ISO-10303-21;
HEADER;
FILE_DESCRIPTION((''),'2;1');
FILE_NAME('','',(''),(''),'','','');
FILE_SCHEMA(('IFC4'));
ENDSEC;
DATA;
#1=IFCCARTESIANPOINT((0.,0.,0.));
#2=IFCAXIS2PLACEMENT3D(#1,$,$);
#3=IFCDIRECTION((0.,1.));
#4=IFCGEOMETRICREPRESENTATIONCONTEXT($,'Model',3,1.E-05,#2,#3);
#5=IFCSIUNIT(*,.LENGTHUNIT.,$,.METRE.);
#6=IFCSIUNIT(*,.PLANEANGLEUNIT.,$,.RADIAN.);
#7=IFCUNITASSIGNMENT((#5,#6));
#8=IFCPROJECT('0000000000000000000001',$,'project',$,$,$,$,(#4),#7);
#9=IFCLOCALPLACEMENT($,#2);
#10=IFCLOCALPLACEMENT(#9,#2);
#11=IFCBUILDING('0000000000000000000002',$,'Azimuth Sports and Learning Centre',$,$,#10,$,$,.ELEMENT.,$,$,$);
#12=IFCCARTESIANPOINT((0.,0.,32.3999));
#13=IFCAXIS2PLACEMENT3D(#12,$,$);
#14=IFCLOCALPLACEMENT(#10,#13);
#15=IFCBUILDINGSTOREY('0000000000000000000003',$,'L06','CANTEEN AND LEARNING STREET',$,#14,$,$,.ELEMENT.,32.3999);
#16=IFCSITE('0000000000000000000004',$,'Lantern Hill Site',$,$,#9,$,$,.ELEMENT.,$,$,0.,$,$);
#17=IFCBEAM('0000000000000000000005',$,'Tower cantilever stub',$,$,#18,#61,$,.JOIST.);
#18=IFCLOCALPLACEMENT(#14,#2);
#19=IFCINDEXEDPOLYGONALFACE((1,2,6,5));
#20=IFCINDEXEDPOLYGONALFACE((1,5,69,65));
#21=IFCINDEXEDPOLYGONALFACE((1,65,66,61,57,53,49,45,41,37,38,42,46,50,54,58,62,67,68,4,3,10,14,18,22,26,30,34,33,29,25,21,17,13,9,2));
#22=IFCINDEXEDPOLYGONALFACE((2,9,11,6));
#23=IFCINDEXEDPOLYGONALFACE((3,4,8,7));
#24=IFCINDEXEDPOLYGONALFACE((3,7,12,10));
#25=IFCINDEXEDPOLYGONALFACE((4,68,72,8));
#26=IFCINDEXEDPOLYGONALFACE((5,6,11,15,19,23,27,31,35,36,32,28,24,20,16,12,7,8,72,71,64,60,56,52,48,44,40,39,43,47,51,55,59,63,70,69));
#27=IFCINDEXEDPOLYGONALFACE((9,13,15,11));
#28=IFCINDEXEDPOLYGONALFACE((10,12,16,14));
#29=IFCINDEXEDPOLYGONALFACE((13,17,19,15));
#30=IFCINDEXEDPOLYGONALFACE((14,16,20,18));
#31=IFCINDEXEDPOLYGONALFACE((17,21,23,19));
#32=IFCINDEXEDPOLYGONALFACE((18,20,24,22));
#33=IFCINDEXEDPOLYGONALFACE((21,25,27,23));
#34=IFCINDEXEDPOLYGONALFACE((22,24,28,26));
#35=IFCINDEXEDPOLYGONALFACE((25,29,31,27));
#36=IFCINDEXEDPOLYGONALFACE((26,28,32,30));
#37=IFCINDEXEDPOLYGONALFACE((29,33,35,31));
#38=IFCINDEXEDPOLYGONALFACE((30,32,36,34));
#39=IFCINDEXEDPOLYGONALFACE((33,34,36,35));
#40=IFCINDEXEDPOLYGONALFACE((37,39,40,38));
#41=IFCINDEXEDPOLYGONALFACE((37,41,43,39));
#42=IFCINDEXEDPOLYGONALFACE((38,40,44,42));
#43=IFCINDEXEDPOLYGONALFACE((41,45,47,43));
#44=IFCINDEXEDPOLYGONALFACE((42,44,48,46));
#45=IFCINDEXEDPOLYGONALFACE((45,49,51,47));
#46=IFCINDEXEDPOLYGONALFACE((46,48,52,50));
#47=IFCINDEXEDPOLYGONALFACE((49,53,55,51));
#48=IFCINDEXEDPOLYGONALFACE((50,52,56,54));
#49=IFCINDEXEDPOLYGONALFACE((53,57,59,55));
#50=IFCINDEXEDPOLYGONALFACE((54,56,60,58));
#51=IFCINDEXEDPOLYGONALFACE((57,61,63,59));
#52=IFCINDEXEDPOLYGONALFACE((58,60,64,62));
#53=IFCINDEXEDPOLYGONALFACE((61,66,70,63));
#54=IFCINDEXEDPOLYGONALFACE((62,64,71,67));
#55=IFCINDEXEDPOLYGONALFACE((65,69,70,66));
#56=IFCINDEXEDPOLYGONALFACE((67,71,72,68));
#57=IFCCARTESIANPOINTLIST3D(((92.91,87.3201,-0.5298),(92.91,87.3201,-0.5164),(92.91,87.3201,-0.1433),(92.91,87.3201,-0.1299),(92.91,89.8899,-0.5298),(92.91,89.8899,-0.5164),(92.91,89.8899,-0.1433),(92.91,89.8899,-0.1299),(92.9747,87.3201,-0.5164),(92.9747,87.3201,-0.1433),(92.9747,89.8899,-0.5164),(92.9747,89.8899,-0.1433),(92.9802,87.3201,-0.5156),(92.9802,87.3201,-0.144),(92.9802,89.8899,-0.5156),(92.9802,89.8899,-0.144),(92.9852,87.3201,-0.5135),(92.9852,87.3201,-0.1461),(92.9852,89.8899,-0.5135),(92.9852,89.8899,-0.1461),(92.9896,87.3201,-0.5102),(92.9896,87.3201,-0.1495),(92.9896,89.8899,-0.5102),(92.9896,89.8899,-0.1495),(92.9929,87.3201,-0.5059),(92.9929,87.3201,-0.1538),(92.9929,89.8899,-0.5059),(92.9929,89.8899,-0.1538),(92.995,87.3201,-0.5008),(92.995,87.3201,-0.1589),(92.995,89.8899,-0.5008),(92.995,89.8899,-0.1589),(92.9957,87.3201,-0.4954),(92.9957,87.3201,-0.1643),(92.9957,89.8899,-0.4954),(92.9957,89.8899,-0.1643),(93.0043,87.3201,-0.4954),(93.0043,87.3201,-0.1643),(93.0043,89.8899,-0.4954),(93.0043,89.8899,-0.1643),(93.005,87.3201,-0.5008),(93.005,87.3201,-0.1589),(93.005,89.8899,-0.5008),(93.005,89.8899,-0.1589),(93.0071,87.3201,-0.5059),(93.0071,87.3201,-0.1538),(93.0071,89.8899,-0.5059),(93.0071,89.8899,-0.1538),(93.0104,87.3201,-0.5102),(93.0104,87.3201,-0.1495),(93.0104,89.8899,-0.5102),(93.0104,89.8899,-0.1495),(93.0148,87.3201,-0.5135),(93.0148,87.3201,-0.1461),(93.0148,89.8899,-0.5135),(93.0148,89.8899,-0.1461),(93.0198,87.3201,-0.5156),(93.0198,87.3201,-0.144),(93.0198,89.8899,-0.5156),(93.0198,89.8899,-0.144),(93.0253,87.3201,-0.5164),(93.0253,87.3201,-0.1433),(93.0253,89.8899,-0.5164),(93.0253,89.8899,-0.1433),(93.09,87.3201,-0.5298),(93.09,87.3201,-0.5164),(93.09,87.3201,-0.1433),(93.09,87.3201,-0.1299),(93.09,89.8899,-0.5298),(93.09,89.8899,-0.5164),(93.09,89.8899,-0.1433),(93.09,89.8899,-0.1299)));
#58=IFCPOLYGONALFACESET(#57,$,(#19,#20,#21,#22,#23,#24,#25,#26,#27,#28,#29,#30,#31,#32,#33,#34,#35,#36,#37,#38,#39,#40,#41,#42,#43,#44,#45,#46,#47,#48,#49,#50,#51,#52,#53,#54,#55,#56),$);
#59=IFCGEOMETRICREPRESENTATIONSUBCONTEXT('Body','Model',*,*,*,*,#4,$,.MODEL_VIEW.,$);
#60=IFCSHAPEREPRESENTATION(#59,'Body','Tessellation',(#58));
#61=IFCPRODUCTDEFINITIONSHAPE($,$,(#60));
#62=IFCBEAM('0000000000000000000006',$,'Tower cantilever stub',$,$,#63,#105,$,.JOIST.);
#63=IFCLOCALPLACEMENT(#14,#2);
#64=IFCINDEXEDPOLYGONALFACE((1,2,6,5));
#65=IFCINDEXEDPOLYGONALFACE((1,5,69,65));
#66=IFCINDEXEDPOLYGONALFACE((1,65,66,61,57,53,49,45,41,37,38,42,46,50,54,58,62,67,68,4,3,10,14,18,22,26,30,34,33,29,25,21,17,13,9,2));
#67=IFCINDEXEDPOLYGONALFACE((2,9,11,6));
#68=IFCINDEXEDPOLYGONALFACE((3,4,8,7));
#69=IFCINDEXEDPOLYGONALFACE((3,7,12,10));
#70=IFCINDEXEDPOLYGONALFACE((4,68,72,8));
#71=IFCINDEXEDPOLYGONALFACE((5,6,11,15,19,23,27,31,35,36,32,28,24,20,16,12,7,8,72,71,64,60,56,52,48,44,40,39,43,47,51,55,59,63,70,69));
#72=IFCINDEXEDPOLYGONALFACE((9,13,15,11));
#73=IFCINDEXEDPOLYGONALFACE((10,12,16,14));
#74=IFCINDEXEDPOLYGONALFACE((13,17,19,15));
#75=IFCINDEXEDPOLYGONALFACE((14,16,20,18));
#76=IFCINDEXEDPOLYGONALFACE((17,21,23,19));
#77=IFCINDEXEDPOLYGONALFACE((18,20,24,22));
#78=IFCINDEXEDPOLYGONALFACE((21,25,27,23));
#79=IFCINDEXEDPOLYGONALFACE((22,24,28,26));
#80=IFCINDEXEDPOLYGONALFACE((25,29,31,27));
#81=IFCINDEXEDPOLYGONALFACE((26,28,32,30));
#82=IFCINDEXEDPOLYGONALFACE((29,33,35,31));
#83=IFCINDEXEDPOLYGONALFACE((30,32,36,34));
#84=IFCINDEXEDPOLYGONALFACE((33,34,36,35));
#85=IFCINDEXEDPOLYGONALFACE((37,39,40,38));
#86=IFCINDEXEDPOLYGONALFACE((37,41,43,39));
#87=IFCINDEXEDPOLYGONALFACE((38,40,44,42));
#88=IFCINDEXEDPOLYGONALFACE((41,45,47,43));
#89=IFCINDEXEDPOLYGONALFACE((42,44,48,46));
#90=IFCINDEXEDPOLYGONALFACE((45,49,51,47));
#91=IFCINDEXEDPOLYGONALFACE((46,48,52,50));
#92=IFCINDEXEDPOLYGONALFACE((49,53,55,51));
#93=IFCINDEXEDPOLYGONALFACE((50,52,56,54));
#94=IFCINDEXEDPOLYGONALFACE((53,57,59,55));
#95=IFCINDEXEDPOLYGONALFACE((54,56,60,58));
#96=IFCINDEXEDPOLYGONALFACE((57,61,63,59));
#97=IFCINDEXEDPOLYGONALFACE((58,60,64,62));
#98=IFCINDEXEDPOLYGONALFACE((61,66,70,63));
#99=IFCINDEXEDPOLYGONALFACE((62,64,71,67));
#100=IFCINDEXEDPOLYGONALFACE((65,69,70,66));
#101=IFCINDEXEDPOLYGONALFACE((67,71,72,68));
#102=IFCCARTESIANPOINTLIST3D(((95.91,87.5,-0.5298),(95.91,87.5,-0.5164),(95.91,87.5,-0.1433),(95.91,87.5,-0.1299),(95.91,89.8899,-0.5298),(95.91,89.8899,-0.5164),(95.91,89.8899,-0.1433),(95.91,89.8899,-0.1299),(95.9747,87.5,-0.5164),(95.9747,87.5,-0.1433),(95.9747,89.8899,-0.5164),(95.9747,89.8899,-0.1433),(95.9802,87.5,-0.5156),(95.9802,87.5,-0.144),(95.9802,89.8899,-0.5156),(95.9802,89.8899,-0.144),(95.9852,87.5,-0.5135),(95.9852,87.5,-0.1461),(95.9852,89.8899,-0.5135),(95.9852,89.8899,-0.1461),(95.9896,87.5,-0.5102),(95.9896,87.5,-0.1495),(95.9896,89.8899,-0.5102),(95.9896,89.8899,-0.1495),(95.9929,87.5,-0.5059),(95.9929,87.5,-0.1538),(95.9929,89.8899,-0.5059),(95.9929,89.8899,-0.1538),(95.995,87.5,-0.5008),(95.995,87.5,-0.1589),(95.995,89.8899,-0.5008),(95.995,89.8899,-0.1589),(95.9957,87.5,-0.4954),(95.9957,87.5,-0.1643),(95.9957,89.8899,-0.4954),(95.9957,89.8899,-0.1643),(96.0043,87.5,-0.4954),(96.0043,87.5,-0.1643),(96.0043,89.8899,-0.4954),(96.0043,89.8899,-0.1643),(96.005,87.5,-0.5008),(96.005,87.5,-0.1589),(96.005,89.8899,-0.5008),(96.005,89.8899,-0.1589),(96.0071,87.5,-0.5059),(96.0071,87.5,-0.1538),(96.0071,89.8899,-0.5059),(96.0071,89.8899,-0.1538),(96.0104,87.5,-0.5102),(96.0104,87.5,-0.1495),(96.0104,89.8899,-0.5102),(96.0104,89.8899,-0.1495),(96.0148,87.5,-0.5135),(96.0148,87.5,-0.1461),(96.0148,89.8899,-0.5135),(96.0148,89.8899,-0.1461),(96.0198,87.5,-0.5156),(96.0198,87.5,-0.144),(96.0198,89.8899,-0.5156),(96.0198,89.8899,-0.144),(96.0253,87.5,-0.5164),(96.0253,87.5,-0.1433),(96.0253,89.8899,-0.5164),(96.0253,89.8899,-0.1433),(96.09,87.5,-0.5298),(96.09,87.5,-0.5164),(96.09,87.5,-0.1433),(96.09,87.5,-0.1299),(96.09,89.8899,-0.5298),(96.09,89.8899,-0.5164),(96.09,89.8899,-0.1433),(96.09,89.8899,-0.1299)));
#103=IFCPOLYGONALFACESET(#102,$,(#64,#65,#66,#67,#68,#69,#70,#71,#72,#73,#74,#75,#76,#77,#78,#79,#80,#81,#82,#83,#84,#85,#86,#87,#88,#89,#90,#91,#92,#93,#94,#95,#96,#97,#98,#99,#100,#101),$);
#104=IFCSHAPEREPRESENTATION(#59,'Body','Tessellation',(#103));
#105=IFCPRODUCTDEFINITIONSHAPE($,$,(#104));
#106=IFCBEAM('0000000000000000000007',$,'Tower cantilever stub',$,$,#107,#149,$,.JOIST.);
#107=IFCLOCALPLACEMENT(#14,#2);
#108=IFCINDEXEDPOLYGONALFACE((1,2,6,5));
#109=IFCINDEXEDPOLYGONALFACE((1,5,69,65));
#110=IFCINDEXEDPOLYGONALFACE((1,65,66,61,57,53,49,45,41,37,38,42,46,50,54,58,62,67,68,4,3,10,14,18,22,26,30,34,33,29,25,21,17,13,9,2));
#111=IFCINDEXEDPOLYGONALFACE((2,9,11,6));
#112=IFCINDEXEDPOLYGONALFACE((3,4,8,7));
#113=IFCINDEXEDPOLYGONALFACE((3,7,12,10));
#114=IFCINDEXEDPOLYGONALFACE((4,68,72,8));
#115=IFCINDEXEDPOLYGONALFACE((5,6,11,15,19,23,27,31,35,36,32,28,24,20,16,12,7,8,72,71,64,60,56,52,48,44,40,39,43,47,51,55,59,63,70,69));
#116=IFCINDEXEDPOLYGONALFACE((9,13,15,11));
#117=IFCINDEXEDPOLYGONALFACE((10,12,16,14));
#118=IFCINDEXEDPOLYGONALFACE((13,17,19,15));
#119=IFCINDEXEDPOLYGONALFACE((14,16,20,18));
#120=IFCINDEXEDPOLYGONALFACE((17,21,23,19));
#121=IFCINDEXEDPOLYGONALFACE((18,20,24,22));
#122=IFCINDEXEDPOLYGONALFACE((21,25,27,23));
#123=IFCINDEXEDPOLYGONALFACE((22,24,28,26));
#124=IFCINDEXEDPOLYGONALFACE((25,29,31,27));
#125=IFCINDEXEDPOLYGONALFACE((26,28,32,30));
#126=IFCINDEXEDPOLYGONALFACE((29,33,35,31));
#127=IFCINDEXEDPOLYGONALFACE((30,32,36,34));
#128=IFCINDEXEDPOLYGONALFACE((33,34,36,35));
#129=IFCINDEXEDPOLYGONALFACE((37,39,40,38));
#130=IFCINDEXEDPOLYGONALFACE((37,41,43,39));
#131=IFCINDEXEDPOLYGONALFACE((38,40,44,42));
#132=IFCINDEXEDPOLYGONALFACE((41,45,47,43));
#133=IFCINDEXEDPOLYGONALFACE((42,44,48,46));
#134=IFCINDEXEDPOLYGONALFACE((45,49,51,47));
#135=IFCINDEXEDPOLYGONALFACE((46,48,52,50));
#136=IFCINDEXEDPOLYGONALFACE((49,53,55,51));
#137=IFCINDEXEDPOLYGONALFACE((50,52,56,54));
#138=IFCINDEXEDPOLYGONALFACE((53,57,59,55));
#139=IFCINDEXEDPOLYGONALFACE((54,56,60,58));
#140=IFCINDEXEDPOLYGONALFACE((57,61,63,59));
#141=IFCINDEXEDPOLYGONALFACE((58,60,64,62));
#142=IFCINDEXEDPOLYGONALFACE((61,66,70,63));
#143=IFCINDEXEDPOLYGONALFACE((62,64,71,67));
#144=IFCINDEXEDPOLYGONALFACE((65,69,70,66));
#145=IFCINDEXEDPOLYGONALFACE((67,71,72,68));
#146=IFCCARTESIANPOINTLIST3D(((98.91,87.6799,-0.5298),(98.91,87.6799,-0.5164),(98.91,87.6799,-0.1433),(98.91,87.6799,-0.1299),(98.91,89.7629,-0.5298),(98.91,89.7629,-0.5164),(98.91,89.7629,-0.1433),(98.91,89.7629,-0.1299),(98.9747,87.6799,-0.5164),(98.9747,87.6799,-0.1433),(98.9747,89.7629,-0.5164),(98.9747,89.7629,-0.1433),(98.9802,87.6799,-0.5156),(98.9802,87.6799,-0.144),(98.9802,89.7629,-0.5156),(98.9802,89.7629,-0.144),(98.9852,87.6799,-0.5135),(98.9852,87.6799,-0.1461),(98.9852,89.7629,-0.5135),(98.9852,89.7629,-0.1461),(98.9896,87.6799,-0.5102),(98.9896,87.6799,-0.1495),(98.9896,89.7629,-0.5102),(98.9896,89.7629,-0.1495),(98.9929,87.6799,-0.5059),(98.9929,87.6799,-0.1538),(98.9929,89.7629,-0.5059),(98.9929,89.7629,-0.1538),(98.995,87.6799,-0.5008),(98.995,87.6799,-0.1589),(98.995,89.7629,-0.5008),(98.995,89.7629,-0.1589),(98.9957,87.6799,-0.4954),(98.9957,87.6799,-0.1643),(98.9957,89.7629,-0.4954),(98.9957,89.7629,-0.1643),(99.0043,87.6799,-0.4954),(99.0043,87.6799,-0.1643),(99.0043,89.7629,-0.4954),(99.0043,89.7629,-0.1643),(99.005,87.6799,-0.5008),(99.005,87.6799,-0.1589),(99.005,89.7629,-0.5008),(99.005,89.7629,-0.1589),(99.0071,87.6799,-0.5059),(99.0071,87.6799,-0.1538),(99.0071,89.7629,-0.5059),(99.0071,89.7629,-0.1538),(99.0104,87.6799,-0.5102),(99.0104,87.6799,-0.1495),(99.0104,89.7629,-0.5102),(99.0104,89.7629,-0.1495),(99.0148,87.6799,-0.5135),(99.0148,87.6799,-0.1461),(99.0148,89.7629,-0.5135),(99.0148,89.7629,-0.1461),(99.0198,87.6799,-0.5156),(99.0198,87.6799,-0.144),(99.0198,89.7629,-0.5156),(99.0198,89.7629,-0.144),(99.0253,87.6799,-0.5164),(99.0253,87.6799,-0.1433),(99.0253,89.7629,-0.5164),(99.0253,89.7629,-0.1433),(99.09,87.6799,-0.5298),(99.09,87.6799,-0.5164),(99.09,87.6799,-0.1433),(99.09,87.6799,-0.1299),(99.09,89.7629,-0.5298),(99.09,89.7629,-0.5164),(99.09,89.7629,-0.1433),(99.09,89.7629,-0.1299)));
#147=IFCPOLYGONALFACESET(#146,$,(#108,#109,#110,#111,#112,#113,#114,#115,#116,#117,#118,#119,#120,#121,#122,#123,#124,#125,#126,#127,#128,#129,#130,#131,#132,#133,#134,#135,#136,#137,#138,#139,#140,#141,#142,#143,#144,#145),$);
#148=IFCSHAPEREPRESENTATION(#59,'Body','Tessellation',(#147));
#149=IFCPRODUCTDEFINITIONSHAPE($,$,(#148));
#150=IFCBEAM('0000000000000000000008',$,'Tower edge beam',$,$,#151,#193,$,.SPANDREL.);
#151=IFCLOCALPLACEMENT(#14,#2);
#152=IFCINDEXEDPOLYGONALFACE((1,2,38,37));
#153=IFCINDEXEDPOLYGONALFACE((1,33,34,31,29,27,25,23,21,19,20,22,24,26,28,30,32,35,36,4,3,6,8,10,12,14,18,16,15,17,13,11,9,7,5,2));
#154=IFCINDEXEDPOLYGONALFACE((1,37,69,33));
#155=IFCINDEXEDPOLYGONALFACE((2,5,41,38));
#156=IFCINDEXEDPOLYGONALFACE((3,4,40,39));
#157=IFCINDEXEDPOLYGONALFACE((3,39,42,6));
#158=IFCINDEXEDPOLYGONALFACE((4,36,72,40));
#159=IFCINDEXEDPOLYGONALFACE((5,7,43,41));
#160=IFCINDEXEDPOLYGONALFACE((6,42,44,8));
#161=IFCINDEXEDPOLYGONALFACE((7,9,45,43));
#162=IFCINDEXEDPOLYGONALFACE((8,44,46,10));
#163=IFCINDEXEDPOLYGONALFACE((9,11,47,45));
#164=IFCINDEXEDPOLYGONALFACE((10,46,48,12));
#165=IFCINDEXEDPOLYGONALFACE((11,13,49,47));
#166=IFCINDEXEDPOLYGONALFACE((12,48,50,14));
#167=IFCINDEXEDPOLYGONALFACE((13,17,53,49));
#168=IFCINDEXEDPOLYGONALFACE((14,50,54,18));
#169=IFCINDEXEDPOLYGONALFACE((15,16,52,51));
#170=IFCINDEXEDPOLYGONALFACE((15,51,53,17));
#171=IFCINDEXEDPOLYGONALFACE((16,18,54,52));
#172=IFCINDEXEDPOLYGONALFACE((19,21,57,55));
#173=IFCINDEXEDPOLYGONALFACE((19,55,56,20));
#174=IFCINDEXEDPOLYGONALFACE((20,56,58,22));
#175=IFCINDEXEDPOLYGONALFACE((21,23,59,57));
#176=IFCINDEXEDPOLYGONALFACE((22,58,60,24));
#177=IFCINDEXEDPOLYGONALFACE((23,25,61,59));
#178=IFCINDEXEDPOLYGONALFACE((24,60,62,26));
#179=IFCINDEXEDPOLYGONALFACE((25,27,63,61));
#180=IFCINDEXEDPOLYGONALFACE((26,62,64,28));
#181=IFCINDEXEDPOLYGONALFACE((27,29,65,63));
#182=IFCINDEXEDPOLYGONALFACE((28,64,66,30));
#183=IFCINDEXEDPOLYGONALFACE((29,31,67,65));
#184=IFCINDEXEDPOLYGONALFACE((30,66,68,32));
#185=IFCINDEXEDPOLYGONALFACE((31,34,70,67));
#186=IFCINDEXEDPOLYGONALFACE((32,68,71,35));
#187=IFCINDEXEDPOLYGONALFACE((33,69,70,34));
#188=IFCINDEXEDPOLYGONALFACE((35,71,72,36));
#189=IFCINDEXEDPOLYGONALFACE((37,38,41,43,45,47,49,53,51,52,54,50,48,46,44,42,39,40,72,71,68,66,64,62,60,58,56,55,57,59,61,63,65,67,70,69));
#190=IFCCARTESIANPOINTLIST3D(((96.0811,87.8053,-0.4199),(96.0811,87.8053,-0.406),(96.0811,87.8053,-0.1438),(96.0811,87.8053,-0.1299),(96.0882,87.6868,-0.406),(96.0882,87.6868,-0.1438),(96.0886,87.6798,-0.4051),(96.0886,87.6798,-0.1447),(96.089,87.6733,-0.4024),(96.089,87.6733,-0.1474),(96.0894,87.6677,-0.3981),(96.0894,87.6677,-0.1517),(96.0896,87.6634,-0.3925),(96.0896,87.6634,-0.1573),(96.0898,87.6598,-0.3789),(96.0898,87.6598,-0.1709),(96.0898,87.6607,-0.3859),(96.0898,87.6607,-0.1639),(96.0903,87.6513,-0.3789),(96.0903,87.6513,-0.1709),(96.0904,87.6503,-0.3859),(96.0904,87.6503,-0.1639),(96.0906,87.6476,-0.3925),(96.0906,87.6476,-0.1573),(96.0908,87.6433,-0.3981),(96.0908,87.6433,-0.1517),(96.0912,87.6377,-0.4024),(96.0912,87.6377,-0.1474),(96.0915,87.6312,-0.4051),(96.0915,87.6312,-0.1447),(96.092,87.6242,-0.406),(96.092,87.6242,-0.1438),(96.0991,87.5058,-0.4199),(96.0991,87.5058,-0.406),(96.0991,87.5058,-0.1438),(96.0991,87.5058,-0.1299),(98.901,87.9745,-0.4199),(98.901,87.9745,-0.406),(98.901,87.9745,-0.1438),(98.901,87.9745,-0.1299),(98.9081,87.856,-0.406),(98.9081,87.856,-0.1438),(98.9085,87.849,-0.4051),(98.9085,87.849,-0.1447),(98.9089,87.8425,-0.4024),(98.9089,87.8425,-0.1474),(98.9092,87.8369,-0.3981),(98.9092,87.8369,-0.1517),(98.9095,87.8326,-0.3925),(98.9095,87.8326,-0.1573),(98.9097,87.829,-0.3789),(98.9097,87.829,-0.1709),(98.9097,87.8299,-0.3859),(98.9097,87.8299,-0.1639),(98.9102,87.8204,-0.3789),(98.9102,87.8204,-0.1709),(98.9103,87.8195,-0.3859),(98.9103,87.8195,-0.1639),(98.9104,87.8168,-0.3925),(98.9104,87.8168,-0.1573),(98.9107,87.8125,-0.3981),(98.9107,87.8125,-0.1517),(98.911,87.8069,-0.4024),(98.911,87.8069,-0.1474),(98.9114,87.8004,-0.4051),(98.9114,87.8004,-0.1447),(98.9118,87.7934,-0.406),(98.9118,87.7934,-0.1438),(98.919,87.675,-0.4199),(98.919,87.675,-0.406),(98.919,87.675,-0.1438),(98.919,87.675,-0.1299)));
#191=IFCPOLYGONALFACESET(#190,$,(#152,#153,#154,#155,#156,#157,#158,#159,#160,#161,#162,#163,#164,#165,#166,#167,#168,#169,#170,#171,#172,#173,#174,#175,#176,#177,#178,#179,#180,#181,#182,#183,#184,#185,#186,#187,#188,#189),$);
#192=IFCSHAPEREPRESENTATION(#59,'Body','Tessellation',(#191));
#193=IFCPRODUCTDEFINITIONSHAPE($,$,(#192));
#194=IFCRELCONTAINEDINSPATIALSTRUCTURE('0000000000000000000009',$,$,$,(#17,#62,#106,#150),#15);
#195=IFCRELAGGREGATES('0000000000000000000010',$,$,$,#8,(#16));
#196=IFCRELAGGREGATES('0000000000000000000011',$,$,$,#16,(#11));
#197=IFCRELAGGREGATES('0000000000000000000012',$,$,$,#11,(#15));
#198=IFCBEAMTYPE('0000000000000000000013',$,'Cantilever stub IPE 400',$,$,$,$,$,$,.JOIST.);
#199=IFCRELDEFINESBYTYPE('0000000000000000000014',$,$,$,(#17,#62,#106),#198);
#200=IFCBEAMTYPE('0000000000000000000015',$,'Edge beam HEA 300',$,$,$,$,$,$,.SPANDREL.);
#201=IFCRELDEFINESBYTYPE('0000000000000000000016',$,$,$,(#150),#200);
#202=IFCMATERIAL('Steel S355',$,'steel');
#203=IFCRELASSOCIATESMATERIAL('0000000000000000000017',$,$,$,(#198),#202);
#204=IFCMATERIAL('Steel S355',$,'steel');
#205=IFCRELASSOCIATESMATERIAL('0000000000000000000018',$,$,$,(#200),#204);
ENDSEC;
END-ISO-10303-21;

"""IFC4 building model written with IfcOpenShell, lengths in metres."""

from ifc_helpers import new_model, si_unit, direction, frame, origin, origin_2d, place, context, subcontext, project, spatial, i_section, extrude, material, material_profile, profile_set, type_object, element, save


model = new_model("IFC4")

# Units and contexts
model_context = context("Model", 3, precision=1e-05, world=origin(), true_north=direction((0.0, 1.0)))
body_context = subcontext(model_context, "Body", "Model", "MODEL_VIEW")
ifc_project = project(units=[si_unit("LENGTHUNIT", "METRE"), si_unit("PLANEANGLEUNIT", "RADIAN")], contexts=[model_context])

# Site, building, storey
site_placement = place(None, origin())
site = spatial("IfcSite", under=ifc_project, at=site_placement, Name="Lantern Hill Site", CompositionType="ELEMENT", RefElevation=0.0)
building_placement = place(site_placement, origin())
building = spatial("IfcBuilding", under=site, at=building_placement, Name="Azimuth Sports and Learning Centre", CompositionType="ELEMENT")
storey_placement = place(building_placement, frame((0.0, 0.0, 32.3999)))
storey = spatial("IfcBuildingStorey", under=building, at=storey_placement, Name="L06", Description="CANTEEN AND LEARNING STREET", CompositionType="ELEMENT", Elevation=32.3999)

# Beams
ifc_material_1 = material(Name="Steel S355", Category="steel")
ifc_material_profile_1 = material_profile(ifc_material_1, i_section(OverallWidth=0.1799, OverallDepth=0.3999, WebThickness=0.0085, FlangeThickness=0.0134, FilletRadius=0.021, at=origin_2d()), Name="IPE 400")
ifc_profile_set_1 = profile_set([ifc_material_profile_1], Name="Steel S355")
beam_type_1 = type_object("IfcBeamType", Name="Cantilever stub IPE 400", PredefinedType="JOIST", material=ifc_profile_set_1)
beam_1_placement = place(storey_placement, frame((93.0, 89.8899, -0.3298), z_axis=(0.0, -1.0, 0.0), x_axis=(1.0, 0.0, 0.0)))
element("IfcBeam", 1, at=beam_1_placement, inside=storey, type_object=beam_type_1, Name="Tower cantilever stub", PredefinedType="JOIST", context=body_context, shape_type="SweptSolid", body=[
    extrude(i_section(OverallWidth=0.1799, OverallDepth=0.3999, WebThickness=0.0085, FlangeThickness=0.0134, FilletRadius=0.021, at=origin_2d()), origin(), (0.0, 0.0, 1.0), 2.5698),
])
beam_2_placement = place(storey_placement, frame((96.0, 89.8899, -0.3298), z_axis=(0.0, -1.0, 0.0), x_axis=(1.0, 0.0, 0.0)))
element("IfcBeam", 2, at=beam_2_placement, inside=storey, type_object=beam_type_1, Name="Tower cantilever stub", PredefinedType="JOIST", context=body_context, shape_type="SweptSolid", body=[
    extrude(i_section(OverallWidth=0.1799, OverallDepth=0.3999, WebThickness=0.0085, FlangeThickness=0.0134, FilletRadius=0.021, at=origin_2d()), origin(), (0.0, 0.0, 1.0), 2.3899),
])
beam_3_placement = place(storey_placement, frame((99.0, 89.7629, -0.3298), z_axis=(0.0, -1.0, 0.0), x_axis=(1.0, 0.0, 0.0)))
element("IfcBeam", 3, at=beam_3_placement, inside=storey, type_object=beam_type_1, Name="Tower cantilever stub", PredefinedType="JOIST", context=body_context, shape_type="SweptSolid", body=[
    extrude(i_section(OverallWidth=0.1799, OverallDepth=0.3999, WebThickness=0.0085, FlangeThickness=0.0134, FilletRadius=0.021, at=origin_2d()), origin(), (0.0, 0.0, 1.0), 2.083),
])
ifc_material_2 = material(Name="Steel S355", Category="steel")
ifc_material_profile_2 = material_profile(ifc_material_2, i_section(OverallWidth=0.3, OverallDepth=0.29, WebThickness=0.0085, FlangeThickness=0.0139, FilletRadius=0.0271, at=origin_2d()), Name="HEA 300")
ifc_profile_set_2 = profile_set([ifc_material_profile_2], Name="Steel S355")
beam_type_2 = type_object("IfcBeamType", Name="Edge beam HEA 300", PredefinedType="SPANDREL", material=ifc_profile_set_2)
beam_4_placement = place(storey_placement, frame((96.0901, 87.6555, -0.2749), z_axis=(0.998205, 0.059892, 0.0), x_axis=(-0.059892, 0.998205, 0.0)))
element("IfcBeam", 4, at=beam_4_placement, inside=storey, type_object=beam_type_2, Name="Tower edge beam", PredefinedType="SPANDREL", context=body_context, shape_type="SweptSolid", body=[
    extrude(i_section(OverallWidth=0.3, OverallDepth=0.29, WebThickness=0.0085, FlangeThickness=0.0139, FilletRadius=0.0271, at=origin_2d()), origin(), (0.0, 0.0, 1.0), 2.825),
])

save(model, "model.ifc")
